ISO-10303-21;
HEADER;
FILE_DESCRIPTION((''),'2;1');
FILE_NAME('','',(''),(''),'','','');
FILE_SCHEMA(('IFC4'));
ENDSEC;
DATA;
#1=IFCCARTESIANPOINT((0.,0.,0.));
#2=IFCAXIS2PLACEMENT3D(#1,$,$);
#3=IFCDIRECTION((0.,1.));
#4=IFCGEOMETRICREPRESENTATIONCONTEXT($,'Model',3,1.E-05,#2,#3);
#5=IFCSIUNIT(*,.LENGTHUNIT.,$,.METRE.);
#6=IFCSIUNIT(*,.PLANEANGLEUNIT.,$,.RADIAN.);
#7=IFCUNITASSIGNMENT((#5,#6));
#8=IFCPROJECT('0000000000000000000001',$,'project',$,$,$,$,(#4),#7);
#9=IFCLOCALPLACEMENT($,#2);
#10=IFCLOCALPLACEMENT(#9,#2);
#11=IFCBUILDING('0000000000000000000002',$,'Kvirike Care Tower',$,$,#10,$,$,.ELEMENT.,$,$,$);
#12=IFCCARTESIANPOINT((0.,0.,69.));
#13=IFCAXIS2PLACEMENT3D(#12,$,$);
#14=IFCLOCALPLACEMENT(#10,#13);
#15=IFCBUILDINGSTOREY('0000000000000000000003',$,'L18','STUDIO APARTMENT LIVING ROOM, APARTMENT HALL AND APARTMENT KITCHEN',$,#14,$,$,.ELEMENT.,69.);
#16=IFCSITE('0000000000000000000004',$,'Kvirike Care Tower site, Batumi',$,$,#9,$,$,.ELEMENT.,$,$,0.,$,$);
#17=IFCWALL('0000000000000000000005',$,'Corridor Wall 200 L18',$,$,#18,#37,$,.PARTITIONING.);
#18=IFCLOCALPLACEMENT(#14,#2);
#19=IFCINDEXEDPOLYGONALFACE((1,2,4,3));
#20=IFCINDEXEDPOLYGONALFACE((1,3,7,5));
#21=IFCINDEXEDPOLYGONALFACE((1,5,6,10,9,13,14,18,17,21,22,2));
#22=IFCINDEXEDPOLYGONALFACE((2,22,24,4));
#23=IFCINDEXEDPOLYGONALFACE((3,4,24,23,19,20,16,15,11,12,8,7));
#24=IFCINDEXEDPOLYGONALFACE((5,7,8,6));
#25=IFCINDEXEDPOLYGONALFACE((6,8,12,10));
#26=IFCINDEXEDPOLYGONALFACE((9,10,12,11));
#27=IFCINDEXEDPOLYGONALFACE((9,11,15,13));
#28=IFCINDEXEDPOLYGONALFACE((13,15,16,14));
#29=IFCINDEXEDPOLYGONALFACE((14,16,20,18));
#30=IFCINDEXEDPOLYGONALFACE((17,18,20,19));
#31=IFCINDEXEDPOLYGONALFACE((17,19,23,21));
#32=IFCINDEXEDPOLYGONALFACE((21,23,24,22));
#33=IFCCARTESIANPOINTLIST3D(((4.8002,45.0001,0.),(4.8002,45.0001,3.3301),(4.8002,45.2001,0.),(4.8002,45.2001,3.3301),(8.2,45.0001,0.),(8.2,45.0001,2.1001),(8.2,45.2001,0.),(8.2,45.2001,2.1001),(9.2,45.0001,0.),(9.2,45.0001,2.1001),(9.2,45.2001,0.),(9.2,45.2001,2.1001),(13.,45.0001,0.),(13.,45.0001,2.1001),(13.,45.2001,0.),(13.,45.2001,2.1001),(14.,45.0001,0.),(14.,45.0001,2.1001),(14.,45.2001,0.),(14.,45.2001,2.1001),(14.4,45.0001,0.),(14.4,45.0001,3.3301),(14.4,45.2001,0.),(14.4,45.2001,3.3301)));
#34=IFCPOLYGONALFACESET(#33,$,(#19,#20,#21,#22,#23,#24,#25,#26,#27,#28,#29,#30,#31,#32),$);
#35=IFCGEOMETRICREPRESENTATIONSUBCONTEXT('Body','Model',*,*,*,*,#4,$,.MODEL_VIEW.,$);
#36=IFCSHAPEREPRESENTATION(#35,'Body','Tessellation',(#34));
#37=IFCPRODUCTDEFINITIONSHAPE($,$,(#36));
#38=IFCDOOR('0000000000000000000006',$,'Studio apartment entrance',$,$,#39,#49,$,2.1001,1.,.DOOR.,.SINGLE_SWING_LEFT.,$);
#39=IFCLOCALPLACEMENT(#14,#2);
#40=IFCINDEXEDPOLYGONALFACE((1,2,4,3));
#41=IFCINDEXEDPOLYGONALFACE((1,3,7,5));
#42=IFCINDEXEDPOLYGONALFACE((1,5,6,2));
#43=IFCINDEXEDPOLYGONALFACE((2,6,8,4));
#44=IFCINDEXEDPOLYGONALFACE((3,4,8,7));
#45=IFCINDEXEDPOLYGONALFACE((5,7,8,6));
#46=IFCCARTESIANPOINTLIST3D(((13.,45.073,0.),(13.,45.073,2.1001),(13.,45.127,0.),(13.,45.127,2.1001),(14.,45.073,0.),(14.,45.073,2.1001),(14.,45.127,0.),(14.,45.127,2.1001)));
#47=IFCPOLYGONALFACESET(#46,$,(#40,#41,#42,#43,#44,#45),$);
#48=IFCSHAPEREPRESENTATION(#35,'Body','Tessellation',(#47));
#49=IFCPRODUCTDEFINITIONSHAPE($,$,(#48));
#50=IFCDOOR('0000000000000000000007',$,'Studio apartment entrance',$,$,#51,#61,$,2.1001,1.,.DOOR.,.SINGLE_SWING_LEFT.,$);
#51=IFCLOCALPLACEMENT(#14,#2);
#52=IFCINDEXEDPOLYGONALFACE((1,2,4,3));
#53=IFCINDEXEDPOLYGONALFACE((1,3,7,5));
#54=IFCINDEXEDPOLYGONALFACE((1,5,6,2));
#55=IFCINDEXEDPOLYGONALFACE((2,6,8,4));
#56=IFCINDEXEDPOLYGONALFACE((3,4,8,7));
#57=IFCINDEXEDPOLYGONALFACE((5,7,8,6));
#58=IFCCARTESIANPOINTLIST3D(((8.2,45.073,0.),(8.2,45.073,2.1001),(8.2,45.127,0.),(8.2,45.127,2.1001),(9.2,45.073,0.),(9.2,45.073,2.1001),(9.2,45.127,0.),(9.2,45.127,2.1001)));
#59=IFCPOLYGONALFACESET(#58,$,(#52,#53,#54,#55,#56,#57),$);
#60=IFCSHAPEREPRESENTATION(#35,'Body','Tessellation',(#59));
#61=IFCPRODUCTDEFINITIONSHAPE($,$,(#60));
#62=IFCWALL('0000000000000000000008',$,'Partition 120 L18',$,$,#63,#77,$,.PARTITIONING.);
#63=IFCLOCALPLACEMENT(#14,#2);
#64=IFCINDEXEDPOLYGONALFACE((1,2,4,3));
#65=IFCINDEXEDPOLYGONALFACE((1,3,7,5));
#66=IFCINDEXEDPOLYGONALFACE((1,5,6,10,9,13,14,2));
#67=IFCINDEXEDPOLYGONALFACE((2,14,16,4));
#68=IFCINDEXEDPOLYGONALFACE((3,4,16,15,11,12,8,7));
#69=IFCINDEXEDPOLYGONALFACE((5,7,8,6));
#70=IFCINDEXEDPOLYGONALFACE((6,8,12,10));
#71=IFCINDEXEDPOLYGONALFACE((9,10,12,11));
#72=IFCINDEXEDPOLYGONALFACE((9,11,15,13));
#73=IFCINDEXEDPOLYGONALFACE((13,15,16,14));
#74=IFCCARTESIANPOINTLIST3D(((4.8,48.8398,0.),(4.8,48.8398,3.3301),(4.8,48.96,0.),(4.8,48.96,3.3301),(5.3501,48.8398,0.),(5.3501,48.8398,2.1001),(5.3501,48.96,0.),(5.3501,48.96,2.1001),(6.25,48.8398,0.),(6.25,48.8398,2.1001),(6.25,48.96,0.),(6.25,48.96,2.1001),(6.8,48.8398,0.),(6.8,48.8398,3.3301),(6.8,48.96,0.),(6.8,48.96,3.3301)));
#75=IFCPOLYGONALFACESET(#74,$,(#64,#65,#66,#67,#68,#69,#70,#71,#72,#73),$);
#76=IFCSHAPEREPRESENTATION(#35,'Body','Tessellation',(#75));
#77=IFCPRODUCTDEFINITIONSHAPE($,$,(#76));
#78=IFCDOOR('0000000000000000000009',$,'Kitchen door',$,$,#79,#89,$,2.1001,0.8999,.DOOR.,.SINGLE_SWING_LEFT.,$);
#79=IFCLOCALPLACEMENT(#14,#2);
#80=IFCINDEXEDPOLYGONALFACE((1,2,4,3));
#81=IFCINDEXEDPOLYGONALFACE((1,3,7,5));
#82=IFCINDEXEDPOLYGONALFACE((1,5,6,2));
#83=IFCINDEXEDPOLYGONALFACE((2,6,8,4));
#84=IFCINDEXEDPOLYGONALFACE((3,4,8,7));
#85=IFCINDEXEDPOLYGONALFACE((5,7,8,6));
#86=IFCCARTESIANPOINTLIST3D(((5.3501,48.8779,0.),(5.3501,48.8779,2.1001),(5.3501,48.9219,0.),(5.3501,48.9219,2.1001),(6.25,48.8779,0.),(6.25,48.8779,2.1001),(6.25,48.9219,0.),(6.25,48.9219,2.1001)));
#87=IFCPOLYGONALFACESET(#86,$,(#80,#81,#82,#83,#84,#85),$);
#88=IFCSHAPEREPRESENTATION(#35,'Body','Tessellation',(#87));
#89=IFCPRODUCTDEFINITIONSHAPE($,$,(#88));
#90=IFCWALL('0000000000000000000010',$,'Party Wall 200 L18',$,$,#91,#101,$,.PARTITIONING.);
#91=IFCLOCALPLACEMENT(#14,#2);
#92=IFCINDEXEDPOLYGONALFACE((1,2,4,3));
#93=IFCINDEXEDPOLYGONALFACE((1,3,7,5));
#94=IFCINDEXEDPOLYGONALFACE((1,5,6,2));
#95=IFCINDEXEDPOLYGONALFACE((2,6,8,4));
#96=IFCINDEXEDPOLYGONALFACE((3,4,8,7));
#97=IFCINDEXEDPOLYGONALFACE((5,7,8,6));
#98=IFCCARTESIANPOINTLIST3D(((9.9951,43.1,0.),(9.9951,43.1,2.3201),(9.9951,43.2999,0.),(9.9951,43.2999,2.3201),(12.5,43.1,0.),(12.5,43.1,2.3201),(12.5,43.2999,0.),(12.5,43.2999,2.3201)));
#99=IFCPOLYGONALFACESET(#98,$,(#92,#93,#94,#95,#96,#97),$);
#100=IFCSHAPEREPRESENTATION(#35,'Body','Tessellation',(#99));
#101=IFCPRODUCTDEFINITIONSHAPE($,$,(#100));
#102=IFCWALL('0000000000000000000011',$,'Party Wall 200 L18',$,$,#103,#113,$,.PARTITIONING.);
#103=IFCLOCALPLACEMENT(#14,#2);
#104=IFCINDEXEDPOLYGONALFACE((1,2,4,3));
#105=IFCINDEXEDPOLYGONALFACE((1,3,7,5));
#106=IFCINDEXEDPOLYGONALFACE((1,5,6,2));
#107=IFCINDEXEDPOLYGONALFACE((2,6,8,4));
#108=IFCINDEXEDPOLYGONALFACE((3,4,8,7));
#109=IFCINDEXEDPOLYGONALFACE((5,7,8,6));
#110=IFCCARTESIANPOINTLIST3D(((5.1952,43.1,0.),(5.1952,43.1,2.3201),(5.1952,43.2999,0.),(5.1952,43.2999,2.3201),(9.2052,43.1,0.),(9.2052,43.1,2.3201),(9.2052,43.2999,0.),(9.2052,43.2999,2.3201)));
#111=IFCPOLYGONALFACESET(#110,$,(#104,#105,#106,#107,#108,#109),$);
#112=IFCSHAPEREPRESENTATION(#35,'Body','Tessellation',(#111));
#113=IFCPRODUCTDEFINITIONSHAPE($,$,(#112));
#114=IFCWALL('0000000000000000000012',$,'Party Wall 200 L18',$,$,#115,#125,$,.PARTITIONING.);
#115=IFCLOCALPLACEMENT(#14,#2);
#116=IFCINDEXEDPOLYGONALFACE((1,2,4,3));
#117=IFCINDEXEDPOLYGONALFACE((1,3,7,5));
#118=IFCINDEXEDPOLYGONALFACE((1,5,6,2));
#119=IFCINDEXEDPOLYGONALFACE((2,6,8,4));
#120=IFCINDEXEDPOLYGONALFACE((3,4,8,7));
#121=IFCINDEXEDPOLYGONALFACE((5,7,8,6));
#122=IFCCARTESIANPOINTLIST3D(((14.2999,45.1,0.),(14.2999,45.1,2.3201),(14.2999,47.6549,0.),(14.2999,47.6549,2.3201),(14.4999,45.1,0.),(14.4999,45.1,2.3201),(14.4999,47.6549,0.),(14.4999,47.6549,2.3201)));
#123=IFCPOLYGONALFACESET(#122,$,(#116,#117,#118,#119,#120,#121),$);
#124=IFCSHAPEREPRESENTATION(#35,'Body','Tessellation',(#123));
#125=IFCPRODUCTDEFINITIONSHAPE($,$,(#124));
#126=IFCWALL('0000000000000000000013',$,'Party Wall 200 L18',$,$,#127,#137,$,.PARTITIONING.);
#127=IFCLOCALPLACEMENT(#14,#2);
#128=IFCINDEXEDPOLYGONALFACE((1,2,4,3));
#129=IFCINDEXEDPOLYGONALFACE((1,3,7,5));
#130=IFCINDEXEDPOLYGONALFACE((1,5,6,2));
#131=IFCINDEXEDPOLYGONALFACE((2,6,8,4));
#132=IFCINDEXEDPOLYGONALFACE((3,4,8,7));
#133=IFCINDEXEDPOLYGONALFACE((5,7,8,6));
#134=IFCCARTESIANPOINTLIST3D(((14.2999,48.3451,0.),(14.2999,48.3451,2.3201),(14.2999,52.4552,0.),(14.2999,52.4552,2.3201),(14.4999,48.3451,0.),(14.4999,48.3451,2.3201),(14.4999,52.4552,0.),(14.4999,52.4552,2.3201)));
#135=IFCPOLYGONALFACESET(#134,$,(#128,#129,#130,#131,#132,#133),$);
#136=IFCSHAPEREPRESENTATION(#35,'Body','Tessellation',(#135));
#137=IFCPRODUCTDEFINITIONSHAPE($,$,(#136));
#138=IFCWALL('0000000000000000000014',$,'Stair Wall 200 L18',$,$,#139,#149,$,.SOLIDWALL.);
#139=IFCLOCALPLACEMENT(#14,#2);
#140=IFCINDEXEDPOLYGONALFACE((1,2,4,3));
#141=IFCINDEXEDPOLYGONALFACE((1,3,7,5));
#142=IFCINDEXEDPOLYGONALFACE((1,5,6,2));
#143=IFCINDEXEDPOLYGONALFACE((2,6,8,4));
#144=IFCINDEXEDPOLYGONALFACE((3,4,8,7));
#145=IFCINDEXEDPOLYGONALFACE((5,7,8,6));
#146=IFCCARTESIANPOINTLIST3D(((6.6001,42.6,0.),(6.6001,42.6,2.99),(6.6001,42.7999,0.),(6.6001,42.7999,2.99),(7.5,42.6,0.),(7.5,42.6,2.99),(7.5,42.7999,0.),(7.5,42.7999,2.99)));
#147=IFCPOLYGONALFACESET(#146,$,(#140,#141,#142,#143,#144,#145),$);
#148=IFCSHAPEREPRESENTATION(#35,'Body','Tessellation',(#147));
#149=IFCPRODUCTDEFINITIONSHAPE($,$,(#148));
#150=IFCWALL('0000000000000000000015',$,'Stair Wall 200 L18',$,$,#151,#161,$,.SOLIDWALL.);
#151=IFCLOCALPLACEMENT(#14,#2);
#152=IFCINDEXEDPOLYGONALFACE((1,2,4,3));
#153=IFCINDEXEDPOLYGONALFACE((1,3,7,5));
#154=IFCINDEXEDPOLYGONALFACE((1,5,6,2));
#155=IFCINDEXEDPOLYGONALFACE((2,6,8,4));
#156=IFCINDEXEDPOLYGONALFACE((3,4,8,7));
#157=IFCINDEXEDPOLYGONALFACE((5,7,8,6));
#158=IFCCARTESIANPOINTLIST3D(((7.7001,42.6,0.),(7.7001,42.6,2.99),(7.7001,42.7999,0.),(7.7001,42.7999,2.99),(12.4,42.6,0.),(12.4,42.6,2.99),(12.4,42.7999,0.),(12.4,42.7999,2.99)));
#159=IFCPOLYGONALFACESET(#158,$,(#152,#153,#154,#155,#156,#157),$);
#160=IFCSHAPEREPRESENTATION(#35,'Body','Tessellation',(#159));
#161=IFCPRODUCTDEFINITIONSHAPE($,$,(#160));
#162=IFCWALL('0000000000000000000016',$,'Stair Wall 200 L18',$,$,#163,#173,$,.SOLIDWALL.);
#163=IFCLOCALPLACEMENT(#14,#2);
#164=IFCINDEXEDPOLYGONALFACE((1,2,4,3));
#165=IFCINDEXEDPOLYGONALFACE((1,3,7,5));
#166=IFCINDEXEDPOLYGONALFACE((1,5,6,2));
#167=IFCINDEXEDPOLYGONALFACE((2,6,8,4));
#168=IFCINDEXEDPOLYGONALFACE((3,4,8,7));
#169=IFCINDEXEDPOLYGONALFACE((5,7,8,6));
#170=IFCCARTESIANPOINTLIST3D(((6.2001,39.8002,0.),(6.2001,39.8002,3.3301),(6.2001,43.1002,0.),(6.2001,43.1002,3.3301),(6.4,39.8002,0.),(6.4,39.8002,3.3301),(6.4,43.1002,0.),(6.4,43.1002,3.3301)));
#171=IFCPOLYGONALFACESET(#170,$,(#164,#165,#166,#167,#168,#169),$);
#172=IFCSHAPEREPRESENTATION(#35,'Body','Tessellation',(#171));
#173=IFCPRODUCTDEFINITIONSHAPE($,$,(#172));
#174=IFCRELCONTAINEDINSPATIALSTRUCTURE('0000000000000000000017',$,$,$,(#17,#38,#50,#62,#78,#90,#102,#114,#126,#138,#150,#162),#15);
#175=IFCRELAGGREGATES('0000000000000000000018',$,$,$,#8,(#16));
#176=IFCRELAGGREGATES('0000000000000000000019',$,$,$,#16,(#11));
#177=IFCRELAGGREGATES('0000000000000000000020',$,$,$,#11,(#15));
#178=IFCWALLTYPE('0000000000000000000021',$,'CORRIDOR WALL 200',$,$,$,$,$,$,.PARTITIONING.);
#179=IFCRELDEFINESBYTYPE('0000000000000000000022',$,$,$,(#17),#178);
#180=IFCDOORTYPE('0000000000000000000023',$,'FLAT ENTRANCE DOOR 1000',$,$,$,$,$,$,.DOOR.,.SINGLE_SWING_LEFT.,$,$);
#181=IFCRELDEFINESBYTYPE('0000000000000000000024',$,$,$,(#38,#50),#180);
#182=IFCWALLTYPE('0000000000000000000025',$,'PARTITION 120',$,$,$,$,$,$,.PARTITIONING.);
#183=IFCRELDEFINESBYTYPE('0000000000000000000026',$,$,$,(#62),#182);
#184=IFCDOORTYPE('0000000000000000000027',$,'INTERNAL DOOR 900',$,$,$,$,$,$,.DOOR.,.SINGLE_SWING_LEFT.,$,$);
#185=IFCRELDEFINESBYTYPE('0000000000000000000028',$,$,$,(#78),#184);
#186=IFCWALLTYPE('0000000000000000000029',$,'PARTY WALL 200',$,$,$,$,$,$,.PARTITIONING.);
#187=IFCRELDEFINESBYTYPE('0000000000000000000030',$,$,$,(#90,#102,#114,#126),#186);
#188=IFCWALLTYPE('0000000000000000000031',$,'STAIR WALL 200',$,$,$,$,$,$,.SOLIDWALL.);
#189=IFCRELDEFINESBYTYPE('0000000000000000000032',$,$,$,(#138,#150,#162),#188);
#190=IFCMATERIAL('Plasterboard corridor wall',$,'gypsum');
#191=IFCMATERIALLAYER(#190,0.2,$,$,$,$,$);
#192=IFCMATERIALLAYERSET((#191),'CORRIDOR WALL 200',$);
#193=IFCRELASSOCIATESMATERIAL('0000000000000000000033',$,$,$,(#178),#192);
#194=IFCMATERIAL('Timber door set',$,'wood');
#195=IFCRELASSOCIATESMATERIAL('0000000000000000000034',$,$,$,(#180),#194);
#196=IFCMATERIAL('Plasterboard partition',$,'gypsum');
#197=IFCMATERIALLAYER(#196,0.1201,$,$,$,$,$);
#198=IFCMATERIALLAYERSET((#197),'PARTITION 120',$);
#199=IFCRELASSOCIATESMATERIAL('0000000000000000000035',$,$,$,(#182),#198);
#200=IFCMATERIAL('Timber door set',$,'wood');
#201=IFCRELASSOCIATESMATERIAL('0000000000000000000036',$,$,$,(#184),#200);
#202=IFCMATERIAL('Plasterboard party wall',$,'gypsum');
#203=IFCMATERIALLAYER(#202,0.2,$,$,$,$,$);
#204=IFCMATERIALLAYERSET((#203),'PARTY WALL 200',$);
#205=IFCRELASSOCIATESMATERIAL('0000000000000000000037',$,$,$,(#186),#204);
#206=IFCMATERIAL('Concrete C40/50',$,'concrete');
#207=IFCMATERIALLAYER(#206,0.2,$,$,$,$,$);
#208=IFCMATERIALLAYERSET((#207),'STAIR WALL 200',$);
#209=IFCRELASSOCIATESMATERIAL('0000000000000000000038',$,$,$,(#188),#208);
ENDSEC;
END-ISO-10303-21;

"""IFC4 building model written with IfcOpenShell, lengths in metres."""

from ifc_helpers import new_model, si_unit, direction, frame, frame_2d, origin, place, context, subcontext, project, spatial, rectangle, extrude, material, layer, layer_set, type_object, element, fill, save


model = new_model("IFC4")

# Units and contexts
model_context = context("Model", 3, precision=1e-05, world=origin(), true_north=direction((0.0, 1.0)))
body_context = subcontext(model_context, "Body", "Model", "MODEL_VIEW")
ifc_project = project(units=[si_unit("LENGTHUNIT", "METRE"), si_unit("PLANEANGLEUNIT", "RADIAN")], contexts=[model_context])

# Site, building, storey
site_placement = place(None, origin())
site = spatial("IfcSite", under=ifc_project, at=site_placement, Name="Kvirike Care Tower site, Batumi", CompositionType="ELEMENT", RefElevation=0.0)
building_placement = place(site_placement, origin())
building = spatial("IfcBuilding", under=site, at=building_placement, Name="Kvirike Care Tower", CompositionType="ELEMENT")
storey_placement = place(building_placement, frame((0.0, 0.0, 69.0)))
storey = spatial("IfcBuildingStorey", under=building, at=storey_placement, Name="L18", Description="STUDIO APARTMENT LIVING ROOM, APARTMENT HALL AND APARTMENT KITCHEN", CompositionType="ELEMENT", Elevation=69.0)

# Wall, openings, doors
ifc_material_1 = material(Name="Plasterboard corridor wall", Category="gypsum")
ifc_layer_1 = layer(ifc_material_1, 0.2)
ifc_layer_set_1 = layer_set([ifc_layer_1], Name="CORRIDOR WALL 200")
wall_type_1 = type_object("IfcWallType", Name="CORRIDOR WALL 200", PredefinedType="PARTITIONING", material=ifc_layer_set_1)
ifc_material_2 = material(Name="Timber door set", Category="wood")
door_type_1 = type_object("IfcDoorType", Name="FLAT ENTRANCE DOOR 1000", OperationType="SINGLE_SWING_LEFT", PredefinedType="DOOR", material=ifc_material_2)
wall_1_placement = place(storey_placement, frame((14.3999, 45.1001, 0.0), z_axis=(0.0, 0.0, 1.0), x_axis=(-1.0, 0.0, 0.0)))
wall_1 = element("IfcWall", 1, at=wall_1_placement, inside=storey, type_object=wall_type_1, Name="Corridor Wall 200 L18", PredefinedType="PARTITIONING", context=body_context, shape_type="SweptSolid", body=[
    extrude(rectangle(XDim=9.5999, YDim=0.2, at=frame_2d((4.7998, 0.0))), origin(), (0.0, 0.0, 1.0), 3.3301),
])
opening_1_placement = place(wall_1_placement, frame((0.3999, 0.0, 0.0)))
opening_1 = element("IfcOpeningElement", 2, at=opening_1_placement, cuts=wall_1, PredefinedType="OPENING", context=body_context, shape_type="SweptSolid", body=[
    extrude(rectangle(XDim=1.0, YDim=2.1001, at=frame_2d((0.5, 1.05))), frame((0.0, 0.1106, 0.0), z_axis=(0.0, -1.0, 0.0), x_axis=(1.0, 0.0, 0.0)), (0.0, 0.0, 1.0), 0.2209),
])
opening_2_placement = place(wall_1_placement, frame((5.2, 0.0, 0.0)))
opening_2 = element("IfcOpeningElement", 3, at=opening_2_placement, cuts=wall_1, PredefinedType="OPENING", context=body_context, shape_type="SweptSolid", body=[
    extrude(rectangle(XDim=1.0, YDim=2.1001, at=frame_2d((0.5, 1.05))), frame((0.0, 0.1106, 0.0), z_axis=(0.0, -1.0, 0.0), x_axis=(1.0, 0.0, 0.0)), (0.0, 0.0, 1.0), 0.2209),
])
door_1_placement = place(opening_1_placement, frame((1.0, 0.0, 0.0), z_axis=(0.0, 0.0, 1.0), x_axis=(-1.0, 0.0, 0.0)))
door_1 = element("IfcDoor", 4, at=door_1_placement, inside=storey, type_object=door_type_1, Name="Studio apartment entrance", OperationType="SINGLE_SWING_LEFT", OverallHeight=2.1001, OverallWidth=1.0, PredefinedType="DOOR", context=body_context, shape_type="SweptSolid", body=[
    extrude(rectangle(XDim=1.0, YDim=2.1001, at=frame_2d((0.5, 1.05))), frame((0.0, 0.0269, 0.0), z_axis=(0.0, -1.0, 0.0), x_axis=(1.0, 0.0, 0.0)), (0.0, 0.0, 1.0), 0.054),
])
fill(opening_1, door_1)
door_2_placement = place(opening_2_placement, frame((1.0, 0.0, 0.0), z_axis=(0.0, 0.0, 1.0), x_axis=(-1.0, 0.0, 0.0)))
door_2 = element("IfcDoor", 5, at=door_2_placement, inside=storey, type_object=door_type_1, Name="Studio apartment entrance", OperationType="SINGLE_SWING_LEFT", OverallHeight=2.1001, OverallWidth=1.0, PredefinedType="DOOR", context=body_context, shape_type="SweptSolid", body=[
    extrude(rectangle(XDim=1.0, YDim=2.1001, at=frame_2d((0.5, 1.05))), frame((0.0, 0.0269, 0.0), z_axis=(0.0, -1.0, 0.0), x_axis=(1.0, 0.0, 0.0)), (0.0, 0.0, 1.0), 0.054),
])
fill(opening_2, door_2)

# Wall, opening, door
ifc_material_3 = material(Name="Plasterboard partition", Category="gypsum")
ifc_layer_2 = layer(ifc_material_3, 0.1201)
ifc_layer_set_2 = layer_set([ifc_layer_2], Name="PARTITION 120")
wall_type_2 = type_object("IfcWallType", Name="PARTITION 120", PredefinedType="PARTITIONING", material=ifc_layer_set_2)
wall_2_placement = place(storey_placement, frame((6.8, 48.8999, 0.0), z_axis=(0.0, 0.0, 1.0), x_axis=(-1.0, 0.0, 0.0)))
wall_2 = element("IfcWall", 6, at=wall_2_placement, inside=storey, type_object=wall_type_2, Name="Partition 120 L18", PredefinedType="PARTITIONING", context=body_context, shape_type="SweptSolid", body=[
    extrude(rectangle(XDim=2.0, YDim=0.1201, at=frame_2d((1.0, 0.0))), origin(), (0.0, 0.0, 1.0), 3.3301),
])
opening_3_placement = place(wall_2_placement, frame((0.55, 0.0, 0.0)))
opening_3 = element("IfcOpeningElement", 7, at=opening_3_placement, cuts=wall_2, PredefinedType="OPENING", context=body_context, shape_type="SweptSolid", body=[
    extrude(rectangle(XDim=0.8999, YDim=2.1001, at=frame_2d((0.45, 1.05))), frame((0.0, 0.0706, 0.0), z_axis=(0.0, -1.0, 0.0), x_axis=(1.0, 0.0, 0.0)), (0.0, 0.0, 1.0), 0.1411),
])
ifc_material_4 = material(Name="Timber door set", Category="wood")
door_type_2 = type_object("IfcDoorType", Name="INTERNAL DOOR 900", OperationType="SINGLE_SWING_LEFT", PredefinedType="DOOR", material=ifc_material_4)
door_3_placement = place(opening_3_placement, frame((0.8999, 0.0, 0.0), z_axis=(0.0, 0.0, 1.0), x_axis=(-1.0, 0.0, 0.0)))
door_3 = element("IfcDoor", 8, at=door_3_placement, inside=storey, type_object=door_type_2, Name="Kitchen door", OperationType="SINGLE_SWING_LEFT", OverallHeight=2.1001, OverallWidth=0.8999, PredefinedType="DOOR", context=body_context, shape_type="SweptSolid", body=[
    extrude(rectangle(XDim=0.8999, YDim=2.1001, at=frame_2d((0.45, 1.05))), frame((0.0, 0.022, 0.0), z_axis=(0.0, -1.0, 0.0), x_axis=(1.0, 0.0, 0.0)), (0.0, 0.0, 1.0), 0.0439),
])
fill(opening_3, door_3)

# Walls
ifc_material_5 = material(Name="Plasterboard party wall", Category="gypsum")
ifc_layer_3 = layer(ifc_material_5, 0.2)
ifc_layer_set_3 = layer_set([ifc_layer_3], Name="PARTY WALL 200")
wall_type_3 = type_object("IfcWallType", Name="PARTY WALL 200", PredefinedType="PARTITIONING", material=ifc_layer_set_3)
wall_3_placement = place(storey_placement, frame((12.5, 43.2, 0.0), z_axis=(0.0, 0.0, 1.0), x_axis=(-1.0, 0.0, 0.0)))
element("IfcWall", 9, at=wall_3_placement, inside=storey, type_object=wall_type_3, Name="Party Wall 200 L18", PredefinedType="PARTITIONING", context=body_context, shape_type="SweptSolid", body=[
    extrude(rectangle(XDim=2.5049, YDim=0.2, at=frame_2d((1.2524, 0.0))), origin(), (0.0, 0.0, 1.0), 2.3201),
])
wall_4_placement = place(storey_placement, frame((9.2051, 43.2, 0.0), z_axis=(0.0, 0.0, 1.0), x_axis=(-1.0, 0.0, 0.0)))
element("IfcWall", 10, at=wall_4_placement, inside=storey, type_object=wall_type_3, Name="Party Wall 200 L18", PredefinedType="PARTITIONING", context=body_context, shape_type="SweptSolid", body=[
    extrude(rectangle(XDim=4.01, YDim=0.2, at=frame_2d((2.0049, 0.0))), origin(), (0.0, 0.0, 1.0), 2.3201),
])
wall_5_placement = place(storey_placement, frame((14.3999, 45.1001, 0.0), z_axis=(0.0, 0.0, 1.0), x_axis=(0.0, 1.0, 0.0)))
element("IfcWall", 11, at=wall_5_placement, inside=storey, type_object=wall_type_3, Name="Party Wall 200 L18", PredefinedType="PARTITIONING", context=body_context, shape_type="SweptSolid", body=[
    extrude(rectangle(XDim=2.5549, YDim=0.2, at=frame_2d((1.2773, 0.0))), origin(), (0.0, 0.0, 1.0), 2.3201),
])
wall_6_placement = place(storey_placement, frame((14.3999, 48.345, 0.0), z_axis=(0.0, 0.0, 1.0), x_axis=(0.0, 1.0, 0.0)))
element("IfcWall", 12, at=wall_6_placement, inside=storey, type_object=wall_type_3, Name="Party Wall 200 L18", PredefinedType="PARTITIONING", context=body_context, shape_type="SweptSolid", body=[
    extrude(rectangle(XDim=4.1101, YDim=0.2, at=frame_2d((2.0552, 0.0))), origin(), (0.0, 0.0, 1.0), 2.3201),
])
ifc_material_6 = material(Name="Concrete C40/50", Category="concrete")
ifc_layer_4 = layer(ifc_material_6, 0.2)
ifc_layer_set_4 = layer_set([ifc_layer_4], Name="STAIR WALL 200")
wall_type_4 = type_object("IfcWallType", Name="STAIR WALL 200", PredefinedType="SOLIDWALL", material=ifc_layer_set_4)
wall_7_placement = place(storey_placement, frame((6.6001, 42.7, 0.0), z_axis=(0.0, 0.0, 1.0), x_axis=(1.0, 0.0, 0.0)))
element("IfcWall", 13, at=wall_7_placement, inside=storey, type_object=wall_type_4, Name="Stair Wall 200 L18", PredefinedType="SOLIDWALL", context=body_context, shape_type="SweptSolid", body=[
    extrude(rectangle(XDim=0.8999, YDim=0.2, at=frame_2d((0.45, 0.0))), origin(), (0.0, 0.0, 1.0), 2.99),
])
wall_8_placement = place(storey_placement, frame((7.7, 42.7, 0.0), z_axis=(0.0, 0.0, 1.0), x_axis=(1.0, 0.0, 0.0)))
element("IfcWall", 14, at=wall_8_placement, inside=storey, type_object=wall_type_4, Name="Stair Wall 200 L18", PredefinedType="SOLIDWALL", context=body_context, shape_type="SweptSolid", body=[
    extrude(rectangle(XDim=4.7, YDim=0.2, at=frame_2d((2.3501, 0.0))), origin(), (0.0, 0.0, 1.0), 2.99),
])
wall_9_placement = place(storey_placement, frame((6.3, 43.1001, 0.0), z_axis=(0.0, 0.0, 1.0), x_axis=(0.0, -1.0, 0.0)))
element("IfcWall", 15, at=wall_9_placement, inside=storey, type_object=wall_type_4, Name="Stair Wall 200 L18", PredefinedType="SOLIDWALL", context=body_context, shape_type="SweptSolid", body=[
    extrude(rectangle(XDim=3.3, YDim=0.2, at=frame_2d((1.6499, 0.0))), origin(), (0.0, 0.0, 1.0), 3.3301),
])

save(model, "model.ifc")
